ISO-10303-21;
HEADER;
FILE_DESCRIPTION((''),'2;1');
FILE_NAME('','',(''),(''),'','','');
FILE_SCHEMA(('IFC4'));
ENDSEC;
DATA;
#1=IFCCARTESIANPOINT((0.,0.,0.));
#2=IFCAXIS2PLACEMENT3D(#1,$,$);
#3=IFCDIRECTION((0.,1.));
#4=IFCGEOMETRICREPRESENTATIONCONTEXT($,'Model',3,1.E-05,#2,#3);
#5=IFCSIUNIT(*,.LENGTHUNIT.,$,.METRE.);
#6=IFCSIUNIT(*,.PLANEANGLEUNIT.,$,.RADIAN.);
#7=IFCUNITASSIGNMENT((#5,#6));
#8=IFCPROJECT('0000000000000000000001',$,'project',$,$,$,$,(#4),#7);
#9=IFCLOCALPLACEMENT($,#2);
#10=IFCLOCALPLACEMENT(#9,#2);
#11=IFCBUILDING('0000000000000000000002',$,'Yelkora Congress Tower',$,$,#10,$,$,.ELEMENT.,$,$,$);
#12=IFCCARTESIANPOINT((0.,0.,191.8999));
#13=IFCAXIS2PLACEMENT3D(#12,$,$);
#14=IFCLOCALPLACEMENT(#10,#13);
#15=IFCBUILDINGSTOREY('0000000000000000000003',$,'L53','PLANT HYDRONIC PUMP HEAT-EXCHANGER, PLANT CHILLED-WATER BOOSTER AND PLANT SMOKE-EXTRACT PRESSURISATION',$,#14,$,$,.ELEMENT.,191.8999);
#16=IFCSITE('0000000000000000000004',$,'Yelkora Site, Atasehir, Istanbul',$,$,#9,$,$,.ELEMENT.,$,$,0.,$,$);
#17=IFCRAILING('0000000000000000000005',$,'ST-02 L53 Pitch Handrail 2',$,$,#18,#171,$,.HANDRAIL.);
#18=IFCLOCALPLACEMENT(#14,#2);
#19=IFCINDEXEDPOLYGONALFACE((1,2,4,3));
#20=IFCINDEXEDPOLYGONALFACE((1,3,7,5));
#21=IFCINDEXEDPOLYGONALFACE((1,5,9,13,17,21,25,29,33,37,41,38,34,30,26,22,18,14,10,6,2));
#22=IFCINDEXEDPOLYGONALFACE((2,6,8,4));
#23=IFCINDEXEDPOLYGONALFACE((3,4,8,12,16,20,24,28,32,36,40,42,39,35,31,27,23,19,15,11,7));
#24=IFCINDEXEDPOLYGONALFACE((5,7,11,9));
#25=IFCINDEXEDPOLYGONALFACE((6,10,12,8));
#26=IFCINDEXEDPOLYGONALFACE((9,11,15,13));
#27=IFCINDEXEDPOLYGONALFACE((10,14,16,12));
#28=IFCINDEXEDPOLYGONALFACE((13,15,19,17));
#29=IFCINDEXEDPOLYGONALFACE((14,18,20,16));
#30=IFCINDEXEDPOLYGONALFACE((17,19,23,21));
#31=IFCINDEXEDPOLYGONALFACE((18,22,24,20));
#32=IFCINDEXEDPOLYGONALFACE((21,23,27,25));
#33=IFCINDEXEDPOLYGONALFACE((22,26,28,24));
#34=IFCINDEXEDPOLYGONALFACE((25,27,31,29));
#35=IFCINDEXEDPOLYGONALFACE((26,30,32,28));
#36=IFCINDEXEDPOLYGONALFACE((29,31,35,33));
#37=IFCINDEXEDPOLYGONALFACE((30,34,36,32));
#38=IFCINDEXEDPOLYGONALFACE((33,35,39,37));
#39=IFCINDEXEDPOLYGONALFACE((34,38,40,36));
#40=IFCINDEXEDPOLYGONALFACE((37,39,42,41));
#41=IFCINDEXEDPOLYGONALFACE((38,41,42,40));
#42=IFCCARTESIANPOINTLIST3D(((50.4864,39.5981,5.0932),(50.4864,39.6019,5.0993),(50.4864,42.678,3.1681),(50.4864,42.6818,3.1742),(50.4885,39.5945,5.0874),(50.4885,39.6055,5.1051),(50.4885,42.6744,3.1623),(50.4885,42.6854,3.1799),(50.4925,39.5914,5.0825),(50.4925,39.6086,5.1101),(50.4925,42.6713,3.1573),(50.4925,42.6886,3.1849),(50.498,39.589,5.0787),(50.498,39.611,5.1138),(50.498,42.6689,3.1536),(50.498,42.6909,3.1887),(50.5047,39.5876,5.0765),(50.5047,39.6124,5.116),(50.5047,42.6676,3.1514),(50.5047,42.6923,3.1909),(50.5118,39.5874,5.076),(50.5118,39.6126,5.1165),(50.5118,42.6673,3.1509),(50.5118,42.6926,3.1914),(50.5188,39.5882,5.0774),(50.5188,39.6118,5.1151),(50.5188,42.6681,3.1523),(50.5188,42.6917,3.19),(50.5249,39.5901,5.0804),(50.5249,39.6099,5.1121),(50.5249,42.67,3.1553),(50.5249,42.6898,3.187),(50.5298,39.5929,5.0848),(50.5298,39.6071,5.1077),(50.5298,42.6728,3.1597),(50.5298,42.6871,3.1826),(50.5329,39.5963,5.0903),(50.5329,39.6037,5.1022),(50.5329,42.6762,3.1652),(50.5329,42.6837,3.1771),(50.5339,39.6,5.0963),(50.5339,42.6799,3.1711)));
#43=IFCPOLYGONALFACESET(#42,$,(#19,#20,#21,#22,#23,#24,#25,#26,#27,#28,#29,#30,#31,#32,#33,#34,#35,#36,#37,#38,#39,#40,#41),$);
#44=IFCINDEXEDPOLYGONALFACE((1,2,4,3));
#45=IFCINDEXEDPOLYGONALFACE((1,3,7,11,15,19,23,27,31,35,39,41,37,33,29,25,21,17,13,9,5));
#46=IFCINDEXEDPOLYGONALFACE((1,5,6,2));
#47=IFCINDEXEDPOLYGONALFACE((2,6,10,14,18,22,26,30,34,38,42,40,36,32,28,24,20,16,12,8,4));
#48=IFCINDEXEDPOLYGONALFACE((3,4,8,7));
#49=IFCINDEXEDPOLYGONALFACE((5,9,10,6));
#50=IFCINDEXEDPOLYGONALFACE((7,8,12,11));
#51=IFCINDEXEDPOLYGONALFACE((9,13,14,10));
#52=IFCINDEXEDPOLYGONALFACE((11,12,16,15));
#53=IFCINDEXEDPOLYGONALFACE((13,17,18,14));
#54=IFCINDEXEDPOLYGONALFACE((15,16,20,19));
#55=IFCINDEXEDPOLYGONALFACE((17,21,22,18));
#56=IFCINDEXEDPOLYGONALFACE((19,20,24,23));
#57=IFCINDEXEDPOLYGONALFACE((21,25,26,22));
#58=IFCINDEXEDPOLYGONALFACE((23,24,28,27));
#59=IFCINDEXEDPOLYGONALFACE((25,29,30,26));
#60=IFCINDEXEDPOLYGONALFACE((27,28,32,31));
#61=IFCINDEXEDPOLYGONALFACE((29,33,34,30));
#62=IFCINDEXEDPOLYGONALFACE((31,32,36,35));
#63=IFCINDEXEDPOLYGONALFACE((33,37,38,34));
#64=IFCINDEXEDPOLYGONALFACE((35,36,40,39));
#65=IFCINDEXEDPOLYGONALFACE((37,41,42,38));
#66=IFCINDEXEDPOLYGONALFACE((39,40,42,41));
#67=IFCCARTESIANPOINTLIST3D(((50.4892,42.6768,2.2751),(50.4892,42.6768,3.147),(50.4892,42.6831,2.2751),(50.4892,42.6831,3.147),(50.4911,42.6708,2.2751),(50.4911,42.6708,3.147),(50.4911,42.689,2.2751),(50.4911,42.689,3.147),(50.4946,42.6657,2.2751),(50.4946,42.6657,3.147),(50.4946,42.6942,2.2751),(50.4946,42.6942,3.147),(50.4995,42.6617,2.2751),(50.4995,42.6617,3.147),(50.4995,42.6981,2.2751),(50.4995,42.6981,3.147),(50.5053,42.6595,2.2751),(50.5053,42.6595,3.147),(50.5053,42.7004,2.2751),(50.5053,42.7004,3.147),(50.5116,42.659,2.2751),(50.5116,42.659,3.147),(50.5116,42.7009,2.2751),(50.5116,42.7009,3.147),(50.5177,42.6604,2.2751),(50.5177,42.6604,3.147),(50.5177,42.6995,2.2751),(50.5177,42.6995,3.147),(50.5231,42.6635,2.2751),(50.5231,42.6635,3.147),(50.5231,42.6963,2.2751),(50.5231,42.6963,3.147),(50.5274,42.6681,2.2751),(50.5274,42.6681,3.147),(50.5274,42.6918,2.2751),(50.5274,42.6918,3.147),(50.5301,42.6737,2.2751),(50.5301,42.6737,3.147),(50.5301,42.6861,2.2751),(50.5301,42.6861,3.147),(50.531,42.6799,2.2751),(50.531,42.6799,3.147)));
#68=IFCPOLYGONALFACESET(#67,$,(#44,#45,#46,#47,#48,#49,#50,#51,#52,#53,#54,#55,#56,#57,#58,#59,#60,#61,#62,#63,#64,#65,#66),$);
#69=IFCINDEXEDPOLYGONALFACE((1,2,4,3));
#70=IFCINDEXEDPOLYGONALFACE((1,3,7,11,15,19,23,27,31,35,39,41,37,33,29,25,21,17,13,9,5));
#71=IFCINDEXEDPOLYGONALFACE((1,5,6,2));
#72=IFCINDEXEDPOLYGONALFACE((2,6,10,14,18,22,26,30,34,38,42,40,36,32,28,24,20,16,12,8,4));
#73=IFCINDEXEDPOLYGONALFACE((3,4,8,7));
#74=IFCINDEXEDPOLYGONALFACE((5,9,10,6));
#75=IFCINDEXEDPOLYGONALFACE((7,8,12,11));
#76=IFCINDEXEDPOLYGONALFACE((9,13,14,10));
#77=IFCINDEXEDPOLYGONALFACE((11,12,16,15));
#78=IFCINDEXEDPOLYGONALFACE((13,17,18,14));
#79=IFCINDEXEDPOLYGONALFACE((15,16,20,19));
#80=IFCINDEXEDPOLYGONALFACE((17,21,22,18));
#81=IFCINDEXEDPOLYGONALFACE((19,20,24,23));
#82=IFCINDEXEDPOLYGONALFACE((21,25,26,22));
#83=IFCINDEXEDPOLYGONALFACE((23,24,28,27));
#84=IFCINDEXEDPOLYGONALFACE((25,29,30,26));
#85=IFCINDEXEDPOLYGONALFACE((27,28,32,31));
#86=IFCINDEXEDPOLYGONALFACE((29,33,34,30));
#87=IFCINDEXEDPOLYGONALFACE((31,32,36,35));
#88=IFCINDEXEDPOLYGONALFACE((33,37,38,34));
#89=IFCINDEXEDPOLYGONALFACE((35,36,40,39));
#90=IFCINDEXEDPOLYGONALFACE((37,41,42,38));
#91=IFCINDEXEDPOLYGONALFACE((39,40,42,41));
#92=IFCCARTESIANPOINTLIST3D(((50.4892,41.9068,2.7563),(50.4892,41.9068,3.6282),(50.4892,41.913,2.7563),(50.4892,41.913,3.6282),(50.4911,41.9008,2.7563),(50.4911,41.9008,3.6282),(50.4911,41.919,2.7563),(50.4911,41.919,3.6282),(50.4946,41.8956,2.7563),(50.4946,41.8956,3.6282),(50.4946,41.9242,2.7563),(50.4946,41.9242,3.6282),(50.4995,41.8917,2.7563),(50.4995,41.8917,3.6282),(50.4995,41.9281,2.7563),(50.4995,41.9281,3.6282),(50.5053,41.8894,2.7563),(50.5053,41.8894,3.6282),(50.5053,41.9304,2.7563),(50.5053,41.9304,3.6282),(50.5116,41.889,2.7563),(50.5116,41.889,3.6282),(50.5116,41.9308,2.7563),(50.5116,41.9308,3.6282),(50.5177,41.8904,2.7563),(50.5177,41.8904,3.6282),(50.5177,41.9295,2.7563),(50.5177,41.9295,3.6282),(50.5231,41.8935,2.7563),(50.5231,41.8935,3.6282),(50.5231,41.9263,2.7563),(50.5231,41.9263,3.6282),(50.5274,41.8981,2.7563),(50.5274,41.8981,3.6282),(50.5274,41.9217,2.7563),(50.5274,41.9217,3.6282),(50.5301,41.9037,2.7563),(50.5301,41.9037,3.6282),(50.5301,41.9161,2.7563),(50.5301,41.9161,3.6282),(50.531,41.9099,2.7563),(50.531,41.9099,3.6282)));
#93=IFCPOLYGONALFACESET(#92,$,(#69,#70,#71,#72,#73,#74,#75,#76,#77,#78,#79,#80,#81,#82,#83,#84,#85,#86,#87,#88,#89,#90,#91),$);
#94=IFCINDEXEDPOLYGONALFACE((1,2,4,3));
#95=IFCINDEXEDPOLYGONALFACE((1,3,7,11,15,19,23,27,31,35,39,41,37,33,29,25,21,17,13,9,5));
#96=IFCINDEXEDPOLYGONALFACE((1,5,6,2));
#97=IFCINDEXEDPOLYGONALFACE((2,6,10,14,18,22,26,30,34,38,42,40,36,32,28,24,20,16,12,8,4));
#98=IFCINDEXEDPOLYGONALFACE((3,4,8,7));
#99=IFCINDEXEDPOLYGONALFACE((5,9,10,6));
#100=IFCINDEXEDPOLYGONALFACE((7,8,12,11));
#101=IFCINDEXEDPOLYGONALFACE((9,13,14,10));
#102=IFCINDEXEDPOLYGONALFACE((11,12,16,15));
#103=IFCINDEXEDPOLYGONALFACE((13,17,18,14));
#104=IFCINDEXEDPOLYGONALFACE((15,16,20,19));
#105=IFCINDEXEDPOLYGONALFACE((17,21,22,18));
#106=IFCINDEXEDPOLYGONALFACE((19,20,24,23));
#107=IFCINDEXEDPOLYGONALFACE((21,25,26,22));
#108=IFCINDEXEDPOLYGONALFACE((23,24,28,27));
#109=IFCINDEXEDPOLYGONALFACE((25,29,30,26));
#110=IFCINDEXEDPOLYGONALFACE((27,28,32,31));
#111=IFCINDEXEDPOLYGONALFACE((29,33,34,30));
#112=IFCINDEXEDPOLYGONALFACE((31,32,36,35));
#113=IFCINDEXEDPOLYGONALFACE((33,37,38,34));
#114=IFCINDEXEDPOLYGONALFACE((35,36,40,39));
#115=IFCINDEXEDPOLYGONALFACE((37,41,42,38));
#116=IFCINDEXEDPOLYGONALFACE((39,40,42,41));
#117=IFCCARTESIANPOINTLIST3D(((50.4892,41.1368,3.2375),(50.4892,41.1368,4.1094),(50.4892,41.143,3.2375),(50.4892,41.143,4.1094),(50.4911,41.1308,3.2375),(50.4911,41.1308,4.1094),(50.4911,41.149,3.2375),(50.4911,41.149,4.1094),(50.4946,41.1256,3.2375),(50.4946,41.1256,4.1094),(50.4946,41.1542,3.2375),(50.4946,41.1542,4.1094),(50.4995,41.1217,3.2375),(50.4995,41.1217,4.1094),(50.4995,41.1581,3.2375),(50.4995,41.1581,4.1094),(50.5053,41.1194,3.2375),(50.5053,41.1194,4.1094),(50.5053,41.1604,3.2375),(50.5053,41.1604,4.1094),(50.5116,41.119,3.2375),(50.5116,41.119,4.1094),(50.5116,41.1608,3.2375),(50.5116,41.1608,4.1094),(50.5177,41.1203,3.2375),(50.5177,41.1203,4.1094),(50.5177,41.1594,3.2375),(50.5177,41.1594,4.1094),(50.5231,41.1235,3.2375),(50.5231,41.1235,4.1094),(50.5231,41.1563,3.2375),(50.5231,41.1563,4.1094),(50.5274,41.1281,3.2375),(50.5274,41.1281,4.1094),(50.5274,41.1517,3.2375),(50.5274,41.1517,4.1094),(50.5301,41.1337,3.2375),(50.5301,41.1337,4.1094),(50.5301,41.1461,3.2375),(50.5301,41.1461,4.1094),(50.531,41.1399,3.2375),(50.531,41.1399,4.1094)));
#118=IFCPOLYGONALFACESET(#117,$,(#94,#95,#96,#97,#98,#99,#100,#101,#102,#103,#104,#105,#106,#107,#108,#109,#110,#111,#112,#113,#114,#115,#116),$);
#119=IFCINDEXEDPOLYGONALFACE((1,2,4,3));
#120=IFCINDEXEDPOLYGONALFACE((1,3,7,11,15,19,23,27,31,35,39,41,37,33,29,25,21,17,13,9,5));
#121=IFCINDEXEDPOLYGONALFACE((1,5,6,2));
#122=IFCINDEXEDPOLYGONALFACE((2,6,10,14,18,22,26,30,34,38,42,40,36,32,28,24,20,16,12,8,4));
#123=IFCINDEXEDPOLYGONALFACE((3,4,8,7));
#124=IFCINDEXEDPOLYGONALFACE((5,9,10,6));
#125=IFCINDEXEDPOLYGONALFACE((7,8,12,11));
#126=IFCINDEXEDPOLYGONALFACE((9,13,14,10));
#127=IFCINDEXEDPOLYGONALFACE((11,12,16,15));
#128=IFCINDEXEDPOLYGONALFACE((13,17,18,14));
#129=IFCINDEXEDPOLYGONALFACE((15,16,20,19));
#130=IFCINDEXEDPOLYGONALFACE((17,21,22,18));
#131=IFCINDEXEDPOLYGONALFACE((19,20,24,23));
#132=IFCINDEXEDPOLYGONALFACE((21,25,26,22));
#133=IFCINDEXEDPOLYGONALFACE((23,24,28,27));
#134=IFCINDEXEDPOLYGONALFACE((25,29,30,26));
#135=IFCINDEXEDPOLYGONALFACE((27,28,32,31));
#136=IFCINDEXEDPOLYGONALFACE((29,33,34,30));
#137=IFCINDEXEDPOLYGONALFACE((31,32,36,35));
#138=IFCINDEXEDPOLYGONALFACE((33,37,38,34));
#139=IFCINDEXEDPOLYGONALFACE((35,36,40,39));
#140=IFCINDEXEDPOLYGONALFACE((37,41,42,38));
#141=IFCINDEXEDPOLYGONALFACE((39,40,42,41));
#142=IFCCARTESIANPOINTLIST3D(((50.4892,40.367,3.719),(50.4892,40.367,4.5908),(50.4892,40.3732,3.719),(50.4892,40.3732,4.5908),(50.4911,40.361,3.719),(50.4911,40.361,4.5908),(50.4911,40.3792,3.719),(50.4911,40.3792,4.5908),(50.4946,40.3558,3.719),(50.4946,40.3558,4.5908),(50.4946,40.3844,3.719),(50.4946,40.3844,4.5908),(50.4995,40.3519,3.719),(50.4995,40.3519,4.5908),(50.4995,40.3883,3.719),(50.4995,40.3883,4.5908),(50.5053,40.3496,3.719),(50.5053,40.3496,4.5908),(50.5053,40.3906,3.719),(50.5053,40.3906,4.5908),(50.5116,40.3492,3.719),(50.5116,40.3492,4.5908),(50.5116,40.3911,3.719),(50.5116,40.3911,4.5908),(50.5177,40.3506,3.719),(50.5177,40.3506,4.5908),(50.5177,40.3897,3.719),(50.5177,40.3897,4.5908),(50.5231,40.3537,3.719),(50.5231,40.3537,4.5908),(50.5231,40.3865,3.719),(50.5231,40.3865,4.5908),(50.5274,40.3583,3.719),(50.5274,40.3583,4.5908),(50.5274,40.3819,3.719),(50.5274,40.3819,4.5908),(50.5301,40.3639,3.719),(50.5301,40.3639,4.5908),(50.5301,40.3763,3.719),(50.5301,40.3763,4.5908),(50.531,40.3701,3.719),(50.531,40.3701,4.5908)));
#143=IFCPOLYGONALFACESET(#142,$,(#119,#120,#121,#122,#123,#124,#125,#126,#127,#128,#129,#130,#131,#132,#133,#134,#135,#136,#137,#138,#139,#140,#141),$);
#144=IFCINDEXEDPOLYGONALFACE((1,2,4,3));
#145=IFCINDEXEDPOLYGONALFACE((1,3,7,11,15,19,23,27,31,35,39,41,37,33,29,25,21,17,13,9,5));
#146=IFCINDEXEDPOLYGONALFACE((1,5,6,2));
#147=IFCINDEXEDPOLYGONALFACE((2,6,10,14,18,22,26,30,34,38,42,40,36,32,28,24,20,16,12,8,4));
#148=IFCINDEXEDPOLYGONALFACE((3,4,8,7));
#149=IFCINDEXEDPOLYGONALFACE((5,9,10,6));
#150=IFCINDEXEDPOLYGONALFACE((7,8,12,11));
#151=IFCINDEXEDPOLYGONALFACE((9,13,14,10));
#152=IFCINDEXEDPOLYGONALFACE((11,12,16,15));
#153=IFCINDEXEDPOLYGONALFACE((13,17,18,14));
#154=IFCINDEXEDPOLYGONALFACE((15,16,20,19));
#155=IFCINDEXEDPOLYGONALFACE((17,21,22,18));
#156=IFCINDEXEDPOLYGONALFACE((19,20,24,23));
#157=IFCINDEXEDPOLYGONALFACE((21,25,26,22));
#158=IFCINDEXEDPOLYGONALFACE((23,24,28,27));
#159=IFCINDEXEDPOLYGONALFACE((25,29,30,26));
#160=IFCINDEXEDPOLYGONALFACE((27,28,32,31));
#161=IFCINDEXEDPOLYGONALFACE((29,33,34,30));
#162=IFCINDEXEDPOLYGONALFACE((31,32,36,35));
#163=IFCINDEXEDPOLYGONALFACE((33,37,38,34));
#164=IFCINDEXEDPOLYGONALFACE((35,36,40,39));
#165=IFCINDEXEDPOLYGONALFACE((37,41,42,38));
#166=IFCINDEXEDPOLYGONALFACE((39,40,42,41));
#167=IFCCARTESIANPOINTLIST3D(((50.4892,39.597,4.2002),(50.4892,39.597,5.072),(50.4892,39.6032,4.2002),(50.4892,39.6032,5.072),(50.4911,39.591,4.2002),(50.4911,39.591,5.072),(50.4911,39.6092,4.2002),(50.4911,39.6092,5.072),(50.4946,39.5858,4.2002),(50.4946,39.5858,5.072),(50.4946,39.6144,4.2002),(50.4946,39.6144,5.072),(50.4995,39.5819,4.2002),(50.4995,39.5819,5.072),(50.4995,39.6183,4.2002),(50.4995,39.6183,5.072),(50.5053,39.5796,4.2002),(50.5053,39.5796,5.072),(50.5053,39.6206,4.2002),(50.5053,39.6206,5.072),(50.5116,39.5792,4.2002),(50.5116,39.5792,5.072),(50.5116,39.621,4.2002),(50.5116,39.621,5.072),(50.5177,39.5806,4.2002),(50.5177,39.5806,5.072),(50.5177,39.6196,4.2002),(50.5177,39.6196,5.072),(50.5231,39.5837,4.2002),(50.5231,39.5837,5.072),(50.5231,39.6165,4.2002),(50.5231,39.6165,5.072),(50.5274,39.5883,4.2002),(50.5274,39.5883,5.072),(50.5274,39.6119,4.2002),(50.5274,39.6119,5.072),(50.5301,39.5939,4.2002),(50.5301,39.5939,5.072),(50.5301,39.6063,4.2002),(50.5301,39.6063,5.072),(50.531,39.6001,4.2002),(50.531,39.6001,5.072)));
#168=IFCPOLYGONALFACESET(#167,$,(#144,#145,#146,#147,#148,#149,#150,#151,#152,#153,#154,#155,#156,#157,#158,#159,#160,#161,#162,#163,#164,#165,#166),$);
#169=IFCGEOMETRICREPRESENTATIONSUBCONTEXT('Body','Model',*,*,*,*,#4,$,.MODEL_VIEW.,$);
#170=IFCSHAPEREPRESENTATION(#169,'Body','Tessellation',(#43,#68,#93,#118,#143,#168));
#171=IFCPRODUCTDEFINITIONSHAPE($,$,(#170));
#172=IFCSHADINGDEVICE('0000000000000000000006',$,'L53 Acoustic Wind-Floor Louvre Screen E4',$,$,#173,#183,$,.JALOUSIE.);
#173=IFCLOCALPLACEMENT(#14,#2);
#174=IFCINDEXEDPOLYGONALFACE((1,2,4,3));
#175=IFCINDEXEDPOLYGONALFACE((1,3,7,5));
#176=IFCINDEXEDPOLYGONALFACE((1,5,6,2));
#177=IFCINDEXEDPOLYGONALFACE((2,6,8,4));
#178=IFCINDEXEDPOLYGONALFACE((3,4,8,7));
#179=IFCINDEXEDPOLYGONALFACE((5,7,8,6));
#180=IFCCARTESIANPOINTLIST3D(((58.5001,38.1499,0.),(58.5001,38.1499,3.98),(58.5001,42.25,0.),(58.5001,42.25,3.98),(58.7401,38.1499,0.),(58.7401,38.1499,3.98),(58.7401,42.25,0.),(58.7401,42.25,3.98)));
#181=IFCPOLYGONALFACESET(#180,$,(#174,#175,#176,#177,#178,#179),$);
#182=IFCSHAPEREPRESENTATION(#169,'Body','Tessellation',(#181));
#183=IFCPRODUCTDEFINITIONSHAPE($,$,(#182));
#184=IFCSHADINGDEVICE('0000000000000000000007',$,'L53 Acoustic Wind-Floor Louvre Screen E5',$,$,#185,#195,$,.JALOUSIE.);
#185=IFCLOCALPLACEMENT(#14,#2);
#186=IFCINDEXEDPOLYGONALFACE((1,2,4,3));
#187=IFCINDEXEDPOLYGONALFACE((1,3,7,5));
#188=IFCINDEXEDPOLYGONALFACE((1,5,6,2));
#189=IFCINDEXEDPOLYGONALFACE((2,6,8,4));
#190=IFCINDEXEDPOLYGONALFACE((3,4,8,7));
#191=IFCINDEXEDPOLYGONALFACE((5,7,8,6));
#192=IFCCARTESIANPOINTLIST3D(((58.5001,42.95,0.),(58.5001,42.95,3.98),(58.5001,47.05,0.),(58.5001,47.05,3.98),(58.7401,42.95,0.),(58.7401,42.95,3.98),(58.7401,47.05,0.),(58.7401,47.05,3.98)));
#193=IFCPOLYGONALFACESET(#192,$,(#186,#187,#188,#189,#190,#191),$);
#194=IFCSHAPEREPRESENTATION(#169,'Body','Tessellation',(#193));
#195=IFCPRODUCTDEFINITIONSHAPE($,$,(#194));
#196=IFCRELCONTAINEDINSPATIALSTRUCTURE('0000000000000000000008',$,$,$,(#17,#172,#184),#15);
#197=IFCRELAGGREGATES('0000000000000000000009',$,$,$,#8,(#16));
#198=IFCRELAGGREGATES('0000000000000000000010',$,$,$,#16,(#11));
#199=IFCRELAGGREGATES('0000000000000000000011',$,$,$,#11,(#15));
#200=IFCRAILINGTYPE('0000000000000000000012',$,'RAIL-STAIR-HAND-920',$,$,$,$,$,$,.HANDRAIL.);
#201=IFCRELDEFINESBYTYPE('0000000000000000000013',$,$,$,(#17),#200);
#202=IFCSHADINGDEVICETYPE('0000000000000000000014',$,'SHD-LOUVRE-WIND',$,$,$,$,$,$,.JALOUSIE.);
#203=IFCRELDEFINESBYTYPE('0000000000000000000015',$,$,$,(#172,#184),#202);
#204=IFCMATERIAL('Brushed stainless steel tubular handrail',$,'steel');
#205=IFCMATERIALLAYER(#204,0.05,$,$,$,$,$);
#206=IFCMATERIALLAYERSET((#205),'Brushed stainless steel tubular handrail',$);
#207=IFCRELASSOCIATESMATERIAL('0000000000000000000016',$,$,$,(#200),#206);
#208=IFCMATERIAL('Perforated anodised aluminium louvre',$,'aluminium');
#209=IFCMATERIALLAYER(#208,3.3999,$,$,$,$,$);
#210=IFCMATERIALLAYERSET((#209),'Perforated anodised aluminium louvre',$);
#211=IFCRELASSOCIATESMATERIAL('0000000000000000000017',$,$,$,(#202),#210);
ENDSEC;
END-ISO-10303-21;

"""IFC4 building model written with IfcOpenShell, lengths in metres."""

from ifc_helpers import new_model, si_unit, direction, frame, origin, origin_2d, place, context, subcontext, project, spatial, rectangle, circle, extrude, material, layer, layer_set, type_object, element, save


model = new_model("IFC4")

# Units and contexts
model_context = context("Model", 3, precision=1e-05, world=origin(), true_north=direction((0.0, 1.0)))
body_context = subcontext(model_context, "Body", "Model", "MODEL_VIEW")
ifc_project = project(units=[si_unit("LENGTHUNIT", "METRE"), si_unit("PLANEANGLEUNIT", "RADIAN")], contexts=[model_context])

# Site, building, storey
site_placement = place(None, origin())
site = spatial("IfcSite", under=ifc_project, at=site_placement, Name="Yelkora Site, Atasehir, Istanbul", CompositionType="ELEMENT", RefElevation=0.0)
building_placement = place(site_placement, origin())
building = spatial("IfcBuilding", under=site, at=building_placement, Name="Yelkora Congress Tower", CompositionType="ELEMENT")
storey_placement = place(building_placement, frame((0.0, 0.0, 191.8999)))
storey = spatial("IfcBuildingStorey", under=building, at=storey_placement, Name="L53", Description="PLANT HYDRONIC PUMP HEAT-EXCHANGER, PLANT CHILLED-WATER BOOSTER AND PLANT SMOKE-EXTRACT PRESSURISATION", CompositionType="ELEMENT", Elevation=191.8999)

# Railing
ifc_material_1 = material(Name="Brushed stainless steel tubular handrail", Category="steel")
ifc_layer_1 = layer(ifc_material_1, 0.05)
ifc_layer_set_1 = layer_set([ifc_layer_1], Name="Brushed stainless steel tubular handrail")
railing_type_1 = type_object("IfcRailingType", Name="RAIL-STAIR-HAND-920", PredefinedType="HANDRAIL", material=ifc_layer_set_1)
railing_1_placement = place(storey_placement, frame((50.51, 42.6799, 2.2751)))
element("IfcRailing", 1, at=railing_1_placement, inside=storey, type_object=railing_type_1, Name="ST-02 L53 Pitch Handrail 2", PredefinedType="HANDRAIL", context=body_context, shape_type="SweptSolid", body=[
    extrude(circle(Radius=0.0239, at=origin_2d()), frame((0.0, 0.0, 0.896), z_axis=(0.0, -0.847979, 0.530029), x_axis=(1.0, 0.0, 0.0)), (0.0, 0.0, 1.0), 3.6321),
    extrude(circle(Radius=0.021, at=origin_2d()), origin(), (0.0, 0.0, 1.0), 0.8718),
    extrude(circle(Radius=0.021, at=origin_2d()), frame((0.0, -0.77, 0.4812)), (0.0, 0.0, 1.0), 0.8718),
    extrude(circle(Radius=0.021, at=origin_2d()), frame((0.0, -1.54, 0.9624)), (0.0, 0.0, 1.0), 0.8718),
    extrude(circle(Radius=0.021, at=origin_2d()), frame((0.0, -2.3098, 1.4438)), (0.0, 0.0, 1.0), 0.8718),
    extrude(circle(Radius=0.021, at=origin_2d()), frame((0.0, -3.0798, 1.925)), (0.0, 0.0, 1.0), 0.8718),
])

# Shading devices
ifc_material_2 = material(Name="Perforated anodised aluminium louvre", Category="aluminium")
ifc_layer_2 = layer(ifc_material_2, 3.3999)
ifc_layer_set_2 = layer_set([ifc_layer_2], Name="Perforated anodised aluminium louvre")
shading_device_type = type_object("IfcShadingDeviceType", Name="SHD-LOUVRE-WIND", PredefinedType="JALOUSIE", material=ifc_layer_set_2)
for number, where, z_axis, x_axis, name in (
    (2, (58.6201, 40.2, 0.0), (0.0, 0.0, 1.0), (1.0, 0.0, 0.0), "L53 Acoustic Wind-Floor Louvre Screen E4"),
    (3, (58.6201, 45.0, 0.0), (0.0, 0.0, 1.0), (1.0, 0.0, 0.0), "L53 Acoustic Wind-Floor Louvre Screen E5"),
):
    element("IfcShadingDevice", number, at=place(storey_placement, frame(where, z_axis=z_axis, x_axis=x_axis)), inside=storey, type_object=shading_device_type, Name=name, PredefinedType="JALOUSIE", context=body_context, shape_type="SweptSolid", body=[
        extrude(rectangle(XDim=0.24, YDim=4.1001, at=origin_2d()), origin(), (0.0, 0.0, 1.0), 3.98),
    ])

save(model, "model.ifc")
